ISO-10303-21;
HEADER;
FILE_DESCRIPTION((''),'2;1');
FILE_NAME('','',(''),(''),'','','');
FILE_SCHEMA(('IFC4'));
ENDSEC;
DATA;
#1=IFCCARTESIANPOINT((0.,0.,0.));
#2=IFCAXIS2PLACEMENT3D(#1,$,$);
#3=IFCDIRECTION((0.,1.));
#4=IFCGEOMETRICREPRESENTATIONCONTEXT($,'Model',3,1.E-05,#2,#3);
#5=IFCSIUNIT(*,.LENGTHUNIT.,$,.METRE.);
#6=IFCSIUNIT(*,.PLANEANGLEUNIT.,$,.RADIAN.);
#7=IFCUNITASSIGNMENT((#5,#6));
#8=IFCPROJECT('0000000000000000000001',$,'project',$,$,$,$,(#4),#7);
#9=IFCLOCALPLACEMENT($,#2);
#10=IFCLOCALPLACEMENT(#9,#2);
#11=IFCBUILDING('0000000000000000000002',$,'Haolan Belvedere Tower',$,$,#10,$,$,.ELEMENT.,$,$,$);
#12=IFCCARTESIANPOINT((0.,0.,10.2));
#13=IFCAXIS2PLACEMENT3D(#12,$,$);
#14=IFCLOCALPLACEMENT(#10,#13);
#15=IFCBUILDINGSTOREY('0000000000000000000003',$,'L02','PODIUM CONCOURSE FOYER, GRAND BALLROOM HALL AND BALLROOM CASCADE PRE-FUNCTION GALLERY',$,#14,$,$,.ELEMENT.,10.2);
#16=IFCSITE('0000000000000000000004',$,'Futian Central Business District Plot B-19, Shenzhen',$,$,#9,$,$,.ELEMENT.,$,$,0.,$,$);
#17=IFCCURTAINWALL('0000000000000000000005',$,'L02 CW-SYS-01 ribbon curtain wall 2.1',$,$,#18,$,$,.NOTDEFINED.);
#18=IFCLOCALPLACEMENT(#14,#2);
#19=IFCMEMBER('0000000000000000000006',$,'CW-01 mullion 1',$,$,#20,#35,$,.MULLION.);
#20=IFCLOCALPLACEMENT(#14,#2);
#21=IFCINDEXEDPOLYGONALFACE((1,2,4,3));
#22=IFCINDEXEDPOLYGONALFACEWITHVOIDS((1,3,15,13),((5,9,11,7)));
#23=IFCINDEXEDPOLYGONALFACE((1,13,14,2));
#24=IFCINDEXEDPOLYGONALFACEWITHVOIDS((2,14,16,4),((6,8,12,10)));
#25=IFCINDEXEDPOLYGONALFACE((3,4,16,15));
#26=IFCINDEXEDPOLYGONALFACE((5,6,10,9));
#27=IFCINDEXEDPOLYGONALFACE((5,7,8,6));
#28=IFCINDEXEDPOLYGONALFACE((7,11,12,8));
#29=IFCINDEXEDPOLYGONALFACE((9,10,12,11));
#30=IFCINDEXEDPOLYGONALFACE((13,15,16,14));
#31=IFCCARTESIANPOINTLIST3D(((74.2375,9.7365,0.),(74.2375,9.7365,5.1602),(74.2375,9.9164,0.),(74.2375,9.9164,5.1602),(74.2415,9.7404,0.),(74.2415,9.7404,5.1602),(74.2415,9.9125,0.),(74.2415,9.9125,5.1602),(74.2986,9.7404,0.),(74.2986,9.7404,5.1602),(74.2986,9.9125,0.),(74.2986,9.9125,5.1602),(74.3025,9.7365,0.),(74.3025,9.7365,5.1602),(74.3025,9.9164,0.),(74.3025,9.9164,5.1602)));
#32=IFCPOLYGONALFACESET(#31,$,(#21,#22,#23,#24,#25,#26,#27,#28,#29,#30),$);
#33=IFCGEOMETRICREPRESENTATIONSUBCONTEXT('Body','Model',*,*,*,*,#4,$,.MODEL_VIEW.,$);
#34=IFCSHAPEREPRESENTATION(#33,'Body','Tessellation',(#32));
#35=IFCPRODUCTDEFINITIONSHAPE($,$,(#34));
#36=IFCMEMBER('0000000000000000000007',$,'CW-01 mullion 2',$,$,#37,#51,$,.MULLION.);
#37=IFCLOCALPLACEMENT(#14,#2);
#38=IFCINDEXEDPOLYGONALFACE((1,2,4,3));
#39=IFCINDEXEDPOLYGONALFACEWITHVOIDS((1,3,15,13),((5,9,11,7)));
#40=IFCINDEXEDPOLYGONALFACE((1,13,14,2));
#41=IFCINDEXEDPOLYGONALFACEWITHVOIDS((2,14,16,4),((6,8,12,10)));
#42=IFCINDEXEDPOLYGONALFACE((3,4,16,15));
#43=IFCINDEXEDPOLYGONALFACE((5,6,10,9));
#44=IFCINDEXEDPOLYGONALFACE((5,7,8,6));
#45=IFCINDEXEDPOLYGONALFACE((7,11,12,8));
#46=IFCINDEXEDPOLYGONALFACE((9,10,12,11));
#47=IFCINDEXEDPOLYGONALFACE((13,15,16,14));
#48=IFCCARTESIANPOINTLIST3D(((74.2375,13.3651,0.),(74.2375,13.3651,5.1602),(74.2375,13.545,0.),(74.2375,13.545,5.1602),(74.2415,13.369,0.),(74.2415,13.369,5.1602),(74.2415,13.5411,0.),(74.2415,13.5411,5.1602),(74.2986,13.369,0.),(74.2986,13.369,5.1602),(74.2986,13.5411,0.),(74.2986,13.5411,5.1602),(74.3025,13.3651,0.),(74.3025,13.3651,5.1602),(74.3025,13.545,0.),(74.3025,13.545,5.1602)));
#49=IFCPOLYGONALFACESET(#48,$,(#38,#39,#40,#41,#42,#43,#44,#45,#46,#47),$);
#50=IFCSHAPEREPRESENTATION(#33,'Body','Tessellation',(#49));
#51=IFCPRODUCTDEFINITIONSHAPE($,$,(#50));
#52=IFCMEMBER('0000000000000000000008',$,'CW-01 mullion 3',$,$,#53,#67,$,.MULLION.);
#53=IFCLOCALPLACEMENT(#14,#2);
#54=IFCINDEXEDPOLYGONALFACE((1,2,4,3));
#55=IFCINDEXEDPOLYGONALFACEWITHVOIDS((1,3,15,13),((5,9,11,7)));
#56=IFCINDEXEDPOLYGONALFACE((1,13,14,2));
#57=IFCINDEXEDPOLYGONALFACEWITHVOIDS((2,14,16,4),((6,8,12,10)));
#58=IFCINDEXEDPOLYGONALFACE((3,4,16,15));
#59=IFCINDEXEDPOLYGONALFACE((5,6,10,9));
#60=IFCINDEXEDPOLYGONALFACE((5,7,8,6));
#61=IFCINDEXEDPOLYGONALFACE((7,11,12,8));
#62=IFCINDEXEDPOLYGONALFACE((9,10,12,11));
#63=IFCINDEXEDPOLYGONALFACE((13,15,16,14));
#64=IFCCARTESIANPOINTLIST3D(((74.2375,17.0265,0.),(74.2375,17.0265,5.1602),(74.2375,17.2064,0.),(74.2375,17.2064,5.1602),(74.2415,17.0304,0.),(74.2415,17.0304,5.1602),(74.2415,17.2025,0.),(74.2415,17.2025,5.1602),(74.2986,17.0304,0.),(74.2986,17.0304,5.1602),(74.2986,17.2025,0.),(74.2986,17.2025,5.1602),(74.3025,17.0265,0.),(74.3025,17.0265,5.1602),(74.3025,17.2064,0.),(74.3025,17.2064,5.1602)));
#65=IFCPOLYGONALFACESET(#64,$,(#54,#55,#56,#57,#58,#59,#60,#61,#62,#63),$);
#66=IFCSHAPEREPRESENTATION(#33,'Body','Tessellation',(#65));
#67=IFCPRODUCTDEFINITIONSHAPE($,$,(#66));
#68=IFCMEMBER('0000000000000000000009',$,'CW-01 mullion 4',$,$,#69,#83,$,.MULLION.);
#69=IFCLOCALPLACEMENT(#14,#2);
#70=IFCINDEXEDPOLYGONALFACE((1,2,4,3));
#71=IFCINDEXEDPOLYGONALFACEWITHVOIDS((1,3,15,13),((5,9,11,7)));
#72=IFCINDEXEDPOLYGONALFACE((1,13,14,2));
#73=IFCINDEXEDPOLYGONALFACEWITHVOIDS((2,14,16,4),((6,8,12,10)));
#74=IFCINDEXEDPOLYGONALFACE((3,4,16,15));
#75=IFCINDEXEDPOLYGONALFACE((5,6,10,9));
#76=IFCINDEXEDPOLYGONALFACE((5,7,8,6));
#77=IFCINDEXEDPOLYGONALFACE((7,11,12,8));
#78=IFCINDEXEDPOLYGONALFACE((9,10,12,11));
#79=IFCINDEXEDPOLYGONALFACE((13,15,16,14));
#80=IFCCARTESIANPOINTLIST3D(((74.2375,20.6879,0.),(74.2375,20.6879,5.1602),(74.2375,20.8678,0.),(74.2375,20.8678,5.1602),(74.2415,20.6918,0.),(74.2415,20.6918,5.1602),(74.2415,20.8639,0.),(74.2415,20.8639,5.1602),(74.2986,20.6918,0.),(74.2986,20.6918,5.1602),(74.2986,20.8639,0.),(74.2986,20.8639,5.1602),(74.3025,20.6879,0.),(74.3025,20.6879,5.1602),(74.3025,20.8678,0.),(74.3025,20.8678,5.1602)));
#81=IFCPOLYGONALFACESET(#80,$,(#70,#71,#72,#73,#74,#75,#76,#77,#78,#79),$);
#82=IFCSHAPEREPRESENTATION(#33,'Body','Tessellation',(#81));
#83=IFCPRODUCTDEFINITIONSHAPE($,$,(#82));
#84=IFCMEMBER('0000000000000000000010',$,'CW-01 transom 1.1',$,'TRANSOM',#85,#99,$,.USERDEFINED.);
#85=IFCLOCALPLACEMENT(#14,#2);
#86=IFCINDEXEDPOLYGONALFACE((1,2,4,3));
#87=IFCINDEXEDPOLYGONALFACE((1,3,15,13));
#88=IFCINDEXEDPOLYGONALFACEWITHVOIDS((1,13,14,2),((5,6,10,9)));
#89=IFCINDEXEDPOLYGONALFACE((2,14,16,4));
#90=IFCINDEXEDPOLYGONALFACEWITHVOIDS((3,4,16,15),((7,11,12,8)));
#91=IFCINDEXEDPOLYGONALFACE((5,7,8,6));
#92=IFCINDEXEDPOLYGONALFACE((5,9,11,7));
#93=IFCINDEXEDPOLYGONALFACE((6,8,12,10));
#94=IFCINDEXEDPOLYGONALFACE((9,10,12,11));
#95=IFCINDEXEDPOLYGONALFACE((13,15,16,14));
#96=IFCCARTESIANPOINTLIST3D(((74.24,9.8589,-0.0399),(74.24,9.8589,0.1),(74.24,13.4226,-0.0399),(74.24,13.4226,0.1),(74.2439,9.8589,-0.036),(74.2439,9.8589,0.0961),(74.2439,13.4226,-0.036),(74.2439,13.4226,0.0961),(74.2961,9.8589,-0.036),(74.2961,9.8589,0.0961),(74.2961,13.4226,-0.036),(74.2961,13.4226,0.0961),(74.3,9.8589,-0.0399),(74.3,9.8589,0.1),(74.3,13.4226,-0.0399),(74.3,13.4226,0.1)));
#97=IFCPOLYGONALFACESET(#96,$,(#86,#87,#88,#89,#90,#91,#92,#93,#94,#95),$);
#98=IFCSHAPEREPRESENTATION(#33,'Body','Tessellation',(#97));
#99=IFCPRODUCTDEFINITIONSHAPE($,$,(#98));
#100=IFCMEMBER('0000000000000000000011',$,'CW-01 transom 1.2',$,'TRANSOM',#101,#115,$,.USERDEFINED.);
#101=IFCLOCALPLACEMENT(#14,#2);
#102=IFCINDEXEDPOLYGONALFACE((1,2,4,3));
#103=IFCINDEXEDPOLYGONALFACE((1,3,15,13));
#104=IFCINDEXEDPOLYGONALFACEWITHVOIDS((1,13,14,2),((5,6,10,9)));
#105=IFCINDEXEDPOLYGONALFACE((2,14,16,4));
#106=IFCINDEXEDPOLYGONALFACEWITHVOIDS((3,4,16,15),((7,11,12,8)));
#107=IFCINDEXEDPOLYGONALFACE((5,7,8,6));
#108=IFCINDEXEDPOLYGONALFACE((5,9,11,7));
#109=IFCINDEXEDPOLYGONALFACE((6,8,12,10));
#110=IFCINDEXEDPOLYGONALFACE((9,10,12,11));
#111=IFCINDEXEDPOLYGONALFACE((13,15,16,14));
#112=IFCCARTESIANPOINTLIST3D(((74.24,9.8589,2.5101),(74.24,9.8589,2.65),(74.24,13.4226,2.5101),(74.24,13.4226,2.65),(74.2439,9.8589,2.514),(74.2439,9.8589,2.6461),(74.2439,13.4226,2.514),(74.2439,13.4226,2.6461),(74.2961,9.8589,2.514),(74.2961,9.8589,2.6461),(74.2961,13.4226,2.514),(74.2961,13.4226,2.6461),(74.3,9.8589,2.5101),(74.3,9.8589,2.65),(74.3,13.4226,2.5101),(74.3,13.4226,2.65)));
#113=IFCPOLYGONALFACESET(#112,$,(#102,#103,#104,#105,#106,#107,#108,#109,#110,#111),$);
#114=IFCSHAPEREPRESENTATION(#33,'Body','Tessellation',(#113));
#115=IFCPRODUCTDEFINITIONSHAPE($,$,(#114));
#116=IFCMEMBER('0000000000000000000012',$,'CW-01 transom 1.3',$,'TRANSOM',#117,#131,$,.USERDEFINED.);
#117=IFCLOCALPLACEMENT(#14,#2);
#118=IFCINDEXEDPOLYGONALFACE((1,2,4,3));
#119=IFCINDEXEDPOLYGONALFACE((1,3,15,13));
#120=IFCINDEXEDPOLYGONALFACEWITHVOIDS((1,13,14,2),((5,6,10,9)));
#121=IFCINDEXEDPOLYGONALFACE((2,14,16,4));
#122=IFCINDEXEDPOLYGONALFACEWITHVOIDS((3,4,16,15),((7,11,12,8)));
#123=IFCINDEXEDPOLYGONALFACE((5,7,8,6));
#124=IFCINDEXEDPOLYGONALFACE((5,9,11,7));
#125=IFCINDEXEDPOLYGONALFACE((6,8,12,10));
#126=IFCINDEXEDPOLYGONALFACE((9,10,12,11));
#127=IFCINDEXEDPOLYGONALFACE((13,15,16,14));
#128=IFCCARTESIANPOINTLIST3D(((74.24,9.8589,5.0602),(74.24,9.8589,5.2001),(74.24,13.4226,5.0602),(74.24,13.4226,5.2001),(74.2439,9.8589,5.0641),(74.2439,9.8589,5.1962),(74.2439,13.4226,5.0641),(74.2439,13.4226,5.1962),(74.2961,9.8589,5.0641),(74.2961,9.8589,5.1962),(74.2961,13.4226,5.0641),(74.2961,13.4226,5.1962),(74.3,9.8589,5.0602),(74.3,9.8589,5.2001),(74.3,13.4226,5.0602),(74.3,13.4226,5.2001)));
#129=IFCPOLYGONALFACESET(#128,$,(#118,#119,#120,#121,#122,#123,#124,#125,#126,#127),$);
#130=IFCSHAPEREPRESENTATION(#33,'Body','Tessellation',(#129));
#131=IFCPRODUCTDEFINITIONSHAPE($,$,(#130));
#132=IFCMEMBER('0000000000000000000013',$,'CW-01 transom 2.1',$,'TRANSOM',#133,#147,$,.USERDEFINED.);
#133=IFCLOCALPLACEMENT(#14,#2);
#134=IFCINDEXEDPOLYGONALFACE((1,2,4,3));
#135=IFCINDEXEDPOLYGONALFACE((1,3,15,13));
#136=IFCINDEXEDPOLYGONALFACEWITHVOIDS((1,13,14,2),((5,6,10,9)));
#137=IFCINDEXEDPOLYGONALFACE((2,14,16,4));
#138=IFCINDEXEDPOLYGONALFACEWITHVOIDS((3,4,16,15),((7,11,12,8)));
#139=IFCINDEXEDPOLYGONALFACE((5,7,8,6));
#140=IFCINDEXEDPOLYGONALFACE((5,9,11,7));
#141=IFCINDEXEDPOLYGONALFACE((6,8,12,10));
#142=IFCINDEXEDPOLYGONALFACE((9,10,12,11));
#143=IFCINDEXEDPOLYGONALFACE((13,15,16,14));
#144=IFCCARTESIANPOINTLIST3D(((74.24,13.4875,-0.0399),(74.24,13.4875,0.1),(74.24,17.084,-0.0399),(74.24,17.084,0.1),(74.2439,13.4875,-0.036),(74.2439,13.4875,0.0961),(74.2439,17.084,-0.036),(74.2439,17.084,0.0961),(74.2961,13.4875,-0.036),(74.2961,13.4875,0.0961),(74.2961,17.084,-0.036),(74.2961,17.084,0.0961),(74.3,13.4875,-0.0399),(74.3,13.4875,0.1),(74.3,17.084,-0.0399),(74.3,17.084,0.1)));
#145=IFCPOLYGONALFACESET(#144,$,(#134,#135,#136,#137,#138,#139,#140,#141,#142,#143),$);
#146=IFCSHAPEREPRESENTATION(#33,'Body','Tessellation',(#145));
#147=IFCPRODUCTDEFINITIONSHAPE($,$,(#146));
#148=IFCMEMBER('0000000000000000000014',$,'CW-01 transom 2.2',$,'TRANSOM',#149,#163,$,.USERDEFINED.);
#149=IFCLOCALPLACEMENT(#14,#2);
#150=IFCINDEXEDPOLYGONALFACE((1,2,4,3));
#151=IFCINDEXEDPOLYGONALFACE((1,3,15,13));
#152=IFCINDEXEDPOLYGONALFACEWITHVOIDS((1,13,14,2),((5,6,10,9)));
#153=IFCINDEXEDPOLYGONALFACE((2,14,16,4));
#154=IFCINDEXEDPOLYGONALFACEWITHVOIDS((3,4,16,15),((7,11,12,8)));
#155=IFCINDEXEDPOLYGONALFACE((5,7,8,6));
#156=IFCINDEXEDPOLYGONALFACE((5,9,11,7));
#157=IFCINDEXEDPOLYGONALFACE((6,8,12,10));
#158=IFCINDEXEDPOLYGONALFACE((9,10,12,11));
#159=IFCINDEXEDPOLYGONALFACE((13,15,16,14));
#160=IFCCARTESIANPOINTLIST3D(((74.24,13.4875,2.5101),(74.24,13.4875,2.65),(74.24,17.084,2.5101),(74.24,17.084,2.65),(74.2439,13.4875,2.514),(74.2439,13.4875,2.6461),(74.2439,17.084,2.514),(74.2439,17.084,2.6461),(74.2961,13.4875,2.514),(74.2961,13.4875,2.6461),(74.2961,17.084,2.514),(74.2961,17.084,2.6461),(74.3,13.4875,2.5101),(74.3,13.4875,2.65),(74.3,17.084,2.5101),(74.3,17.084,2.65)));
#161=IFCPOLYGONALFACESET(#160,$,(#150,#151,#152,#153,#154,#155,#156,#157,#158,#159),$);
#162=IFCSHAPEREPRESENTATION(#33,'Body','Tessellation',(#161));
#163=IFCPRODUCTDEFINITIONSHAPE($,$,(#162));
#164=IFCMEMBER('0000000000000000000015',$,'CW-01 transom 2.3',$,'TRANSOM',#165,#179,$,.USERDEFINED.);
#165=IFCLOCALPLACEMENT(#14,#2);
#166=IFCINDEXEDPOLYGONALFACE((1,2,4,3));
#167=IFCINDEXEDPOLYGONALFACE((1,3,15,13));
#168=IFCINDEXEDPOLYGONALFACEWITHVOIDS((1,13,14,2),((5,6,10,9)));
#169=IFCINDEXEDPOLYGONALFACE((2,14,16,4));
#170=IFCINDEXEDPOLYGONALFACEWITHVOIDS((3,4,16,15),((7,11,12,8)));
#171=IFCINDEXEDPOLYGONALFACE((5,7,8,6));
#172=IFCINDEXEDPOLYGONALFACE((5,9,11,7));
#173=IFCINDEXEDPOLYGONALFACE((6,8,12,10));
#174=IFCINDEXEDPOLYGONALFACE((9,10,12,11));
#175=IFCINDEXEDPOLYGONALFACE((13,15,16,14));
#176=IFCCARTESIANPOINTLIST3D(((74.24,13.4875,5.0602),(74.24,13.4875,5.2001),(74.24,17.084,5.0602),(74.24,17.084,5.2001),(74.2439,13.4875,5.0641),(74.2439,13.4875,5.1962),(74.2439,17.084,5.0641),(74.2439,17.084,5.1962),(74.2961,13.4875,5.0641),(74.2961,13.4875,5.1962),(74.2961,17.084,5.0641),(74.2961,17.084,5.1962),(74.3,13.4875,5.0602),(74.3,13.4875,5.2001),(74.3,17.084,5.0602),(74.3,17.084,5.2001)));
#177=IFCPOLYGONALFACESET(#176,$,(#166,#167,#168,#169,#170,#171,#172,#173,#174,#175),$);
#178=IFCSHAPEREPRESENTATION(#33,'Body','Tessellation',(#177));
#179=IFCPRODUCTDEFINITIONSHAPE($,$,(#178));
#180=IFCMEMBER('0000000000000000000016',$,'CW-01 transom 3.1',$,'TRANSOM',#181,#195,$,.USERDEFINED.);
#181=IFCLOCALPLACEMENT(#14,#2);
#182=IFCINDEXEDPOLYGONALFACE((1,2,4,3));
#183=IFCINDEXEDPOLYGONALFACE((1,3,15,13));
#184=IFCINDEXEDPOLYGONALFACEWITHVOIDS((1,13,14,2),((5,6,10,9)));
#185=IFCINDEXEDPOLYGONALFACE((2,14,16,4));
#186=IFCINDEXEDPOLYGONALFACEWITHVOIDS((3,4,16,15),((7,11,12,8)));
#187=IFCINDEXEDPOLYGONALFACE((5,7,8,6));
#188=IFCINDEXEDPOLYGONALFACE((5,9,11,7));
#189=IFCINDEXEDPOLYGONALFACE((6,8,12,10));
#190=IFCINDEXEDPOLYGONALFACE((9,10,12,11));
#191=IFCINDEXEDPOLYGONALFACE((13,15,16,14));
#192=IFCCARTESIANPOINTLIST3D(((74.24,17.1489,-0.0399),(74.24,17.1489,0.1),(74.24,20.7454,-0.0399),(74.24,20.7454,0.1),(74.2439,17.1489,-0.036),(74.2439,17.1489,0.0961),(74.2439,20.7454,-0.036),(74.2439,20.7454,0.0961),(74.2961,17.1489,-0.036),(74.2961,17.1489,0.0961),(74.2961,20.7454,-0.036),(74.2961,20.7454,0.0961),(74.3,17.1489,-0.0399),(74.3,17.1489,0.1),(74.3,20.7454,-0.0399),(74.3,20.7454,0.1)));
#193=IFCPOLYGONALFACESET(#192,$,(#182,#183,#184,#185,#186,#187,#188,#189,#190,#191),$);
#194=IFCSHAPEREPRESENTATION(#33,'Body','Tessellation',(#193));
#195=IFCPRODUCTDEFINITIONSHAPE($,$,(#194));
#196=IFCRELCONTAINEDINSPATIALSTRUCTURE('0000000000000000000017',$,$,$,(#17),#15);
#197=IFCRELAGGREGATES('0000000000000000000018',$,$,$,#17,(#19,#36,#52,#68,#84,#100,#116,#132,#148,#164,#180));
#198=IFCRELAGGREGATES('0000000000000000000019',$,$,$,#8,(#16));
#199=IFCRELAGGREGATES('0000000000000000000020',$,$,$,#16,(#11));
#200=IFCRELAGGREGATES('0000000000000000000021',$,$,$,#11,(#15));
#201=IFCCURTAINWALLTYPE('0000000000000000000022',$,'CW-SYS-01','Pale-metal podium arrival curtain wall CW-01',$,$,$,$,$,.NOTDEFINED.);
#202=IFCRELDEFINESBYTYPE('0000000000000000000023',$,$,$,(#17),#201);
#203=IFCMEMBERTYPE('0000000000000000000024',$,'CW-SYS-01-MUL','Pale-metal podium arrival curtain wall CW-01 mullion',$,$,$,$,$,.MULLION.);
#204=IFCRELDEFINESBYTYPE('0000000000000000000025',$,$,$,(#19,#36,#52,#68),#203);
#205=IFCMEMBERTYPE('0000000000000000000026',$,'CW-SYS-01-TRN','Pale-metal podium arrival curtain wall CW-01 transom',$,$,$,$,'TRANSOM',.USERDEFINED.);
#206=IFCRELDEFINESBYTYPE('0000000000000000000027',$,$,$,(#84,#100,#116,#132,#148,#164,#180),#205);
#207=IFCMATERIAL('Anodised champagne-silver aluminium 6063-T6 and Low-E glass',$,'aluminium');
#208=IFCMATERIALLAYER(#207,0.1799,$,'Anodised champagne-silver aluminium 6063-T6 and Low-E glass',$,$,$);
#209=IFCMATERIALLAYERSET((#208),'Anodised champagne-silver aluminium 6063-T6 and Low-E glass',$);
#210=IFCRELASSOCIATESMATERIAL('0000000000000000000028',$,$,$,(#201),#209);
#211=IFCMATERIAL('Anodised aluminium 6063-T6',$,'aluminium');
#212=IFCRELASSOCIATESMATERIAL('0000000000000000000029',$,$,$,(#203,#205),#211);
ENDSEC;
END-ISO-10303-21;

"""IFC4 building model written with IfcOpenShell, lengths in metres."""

from ifc_helpers import new_model, si_unit, direction, frame, origin, origin_2d, place, context, subcontext, project, spatial, hollow_rectangle, extrude, material, layer, layer_set, material_profile, profile_set, type_object, element, aggregate, save


model = new_model("IFC4")

# Units and contexts
model_context = context("Model", 3, precision=1e-05, world=origin(), true_north=direction((0.0, 1.0)))
body_context = subcontext(model_context, "Body", "Model", "MODEL_VIEW")
ifc_project = project(units=[si_unit("LENGTHUNIT", "METRE"), si_unit("PLANEANGLEUNIT", "RADIAN")], contexts=[model_context])

# Site, building, storey
site_placement = place(None, origin())
site = spatial("IfcSite", under=ifc_project, at=site_placement, Name="Futian Central Business District Plot B-19, Shenzhen", CompositionType="ELEMENT", RefElevation=0.0)
building_placement = place(site_placement, origin())
building = spatial("IfcBuilding", under=site, at=building_placement, Name="Haolan Belvedere Tower", CompositionType="ELEMENT")
storey_placement = place(building_placement, frame((0.0, 0.0, 10.2)))
storey = spatial("IfcBuildingStorey", under=building, at=storey_placement, Name="L02", Description="PODIUM CONCOURSE FOYER, GRAND BALLROOM HALL AND BALLROOM CASCADE PRE-FUNCTION GALLERY", CompositionType="ELEMENT", Elevation=10.2)

# Curtain wall, members
ifc_material_1 = material(Name="Anodised champagne-silver aluminium 6063-T6 and Low-E glass", Category="aluminium")
ifc_layer_1 = layer(ifc_material_1, 0.1799, Name="Anodised champagne-silver aluminium 6063-T6 and Low-E glass")
ifc_layer_set_1 = layer_set([ifc_layer_1], Name="Anodised champagne-silver aluminium 6063-T6 and Low-E glass")
curtain_wall_type = type_object("IfcCurtainWallType", Name="CW-SYS-01", Description="Pale-metal podium arrival curtain wall CW-01", PredefinedType="NOTDEFINED", material=ifc_layer_set_1)
curtain_wall_placement = place(storey_placement, origin())
curtain_wall = element("IfcCurtainWall", 1, at=curtain_wall_placement, inside=storey, type_object=curtain_wall_type, Name="L02 CW-SYS-01 ribbon curtain wall 2.1", PredefinedType="NOTDEFINED")
ifc_material_2 = material(Name="Anodised aluminium 6063-T6", Category="aluminium")
ifc_material_profile_1 = material_profile(ifc_material_2, hollow_rectangle(XDim=0.0649, YDim=0.1799, WallThickness=0.0039, at=origin_2d()), Name="Anodised aluminium 6063-T6")
ifc_profile_set_1 = profile_set([ifc_material_profile_1], Name="Anodised aluminium 6063-T6")
member_type_1 = type_object("IfcMemberType", Name="CW-SYS-01-MUL", Description="Pale-metal podium arrival curtain wall CW-01 mullion", PredefinedType="MULLION", material=ifc_profile_set_1)
member_1_placement = place(storey_placement, frame((74.27, 9.8264, 0.0), z_axis=(0.0, 0.0, 1.0), x_axis=(-1.0, 0.0, 0.0)))
member_1 = element("IfcMember", 2, at=member_1_placement, type_object=member_type_1, Name="CW-01 mullion 1", PredefinedType="MULLION", context=body_context, shape_type="SweptSolid", body=[
    extrude(hollow_rectangle(XDim=0.0649, YDim=0.1799, WallThickness=0.0039, at=origin_2d()), origin(), (0.0, 0.0, 1.0), 5.1602),
])
member_2_placement = place(storey_placement, frame((74.27, 13.4551, 0.0), z_axis=(0.0, 0.0, 1.0), x_axis=(-1.0, 0.0, 0.0)))
member_2 = element("IfcMember", 3, at=member_2_placement, type_object=member_type_1, Name="CW-01 mullion 2", PredefinedType="MULLION", context=body_context, shape_type="SweptSolid", body=[
    extrude(hollow_rectangle(XDim=0.0649, YDim=0.1799, WallThickness=0.0039, at=origin_2d()), origin(), (0.0, 0.0, 1.0), 5.1602),
])
member_3_placement = place(storey_placement, frame((74.27, 17.1165, 0.0), z_axis=(0.0, 0.0, 1.0), x_axis=(-1.0, 0.0, 0.0)))
member_3 = element("IfcMember", 4, at=member_3_placement, type_object=member_type_1, Name="CW-01 mullion 3", PredefinedType="MULLION", context=body_context, shape_type="SweptSolid", body=[
    extrude(hollow_rectangle(XDim=0.0649, YDim=0.1799, WallThickness=0.0039, at=origin_2d()), origin(), (0.0, 0.0, 1.0), 5.1602),
])
member_4_placement = place(storey_placement, frame((74.27, 20.7778, 0.0), z_axis=(0.0, 0.0, 1.0), x_axis=(-1.0, 0.0, 0.0)))
member_4 = element("IfcMember", 5, at=member_4_placement, type_object=member_type_1, Name="CW-01 mullion 4", PredefinedType="MULLION", context=body_context, shape_type="SweptSolid", body=[
    extrude(hollow_rectangle(XDim=0.0649, YDim=0.1799, WallThickness=0.0039, at=origin_2d()), origin(), (0.0, 0.0, 1.0), 5.1602),
])
ifc_material_profile_2 = material_profile(ifc_material_2, hollow_rectangle(XDim=0.0601, YDim=0.1399, WallThickness=0.0039, at=origin_2d()), Name="Anodised aluminium 6063-T6")
ifc_profile_set_2 = profile_set([ifc_material_profile_2], Name="Anodised aluminium 6063-T6")
member_type_2 = type_object("IfcMemberType", Name="CW-SYS-01-TRN", Description="Pale-metal podium arrival curtain wall CW-01 transom", ElementType="TRANSOM", PredefinedType="USERDEFINED", material=ifc_profile_set_2)
member_5_placement = place(storey_placement, frame((74.27, 9.8589, 0.03), z_axis=(0.0, 1.0, 0.0), x_axis=(-1.0, 0.0, 0.0)))
member_5 = element("IfcMember", 6, at=member_5_placement, type_object=member_type_2, Name="CW-01 transom 1.1", ObjectType="TRANSOM", PredefinedType="USERDEFINED", context=body_context, shape_type="SweptSolid", body=[
    extrude(hollow_rectangle(XDim=0.0601, YDim=0.1399, WallThickness=0.0039, at=origin_2d()), origin(), (0.0, 0.0, 1.0), 3.5637),
])
member_6_placement = place(storey_placement, frame((74.27, 9.8589, 2.5801), z_axis=(0.0, 1.0, 0.0), x_axis=(-1.0, 0.0, 0.0)))
member_6 = element("IfcMember", 7, at=member_6_placement, type_object=member_type_2, Name="CW-01 transom 1.2", ObjectType="TRANSOM", PredefinedType="USERDEFINED", context=body_context, shape_type="SweptSolid", body=[
    extrude(hollow_rectangle(XDim=0.0601, YDim=0.1399, WallThickness=0.0039, at=origin_2d()), origin(), (0.0, 0.0, 1.0), 3.5637),
])
member_7_placement = place(storey_placement, frame((74.27, 9.8589, 5.1301), z_axis=(0.0, 1.0, 0.0), x_axis=(-1.0, 0.0, 0.0)))
member_7 = element("IfcMember", 8, at=member_7_placement, type_object=member_type_2, Name="CW-01 transom 1.3", ObjectType="TRANSOM", PredefinedType="USERDEFINED", context=body_context, shape_type="SweptSolid", body=[
    extrude(hollow_rectangle(XDim=0.0601, YDim=0.1399, WallThickness=0.0039, at=origin_2d()), origin(), (0.0, 0.0, 1.0), 3.5637),
])
member_8_placement = place(storey_placement, frame((74.27, 13.4875, 0.03), z_axis=(0.0, 1.0, 0.0), x_axis=(-1.0, 0.0, 0.0)))
member_8 = element("IfcMember", 9, at=member_8_placement, type_object=member_type_2, Name="CW-01 transom 2.1", ObjectType="TRANSOM", PredefinedType="USERDEFINED", context=body_context, shape_type="SweptSolid", body=[
    extrude(hollow_rectangle(XDim=0.0601, YDim=0.1399, WallThickness=0.0039, at=origin_2d()), origin(), (0.0, 0.0, 1.0), 3.5964),
])
member_9_placement = place(storey_placement, frame((74.27, 13.4875, 2.5801), z_axis=(0.0, 1.0, 0.0), x_axis=(-1.0, 0.0, 0.0)))
member_9 = element("IfcMember", 10, at=member_9_placement, type_object=member_type_2, Name="CW-01 transom 2.2", ObjectType="TRANSOM", PredefinedType="USERDEFINED", context=body_context, shape_type="SweptSolid", body=[
    extrude(hollow_rectangle(XDim=0.0601, YDim=0.1399, WallThickness=0.0039, at=origin_2d()), origin(), (0.0, 0.0, 1.0), 3.5964),
])
member_10_placement = place(storey_placement, frame((74.27, 13.4875, 5.1301), z_axis=(0.0, 1.0, 0.0), x_axis=(-1.0, 0.0, 0.0)))
member_10 = element("IfcMember", 11, at=member_10_placement, type_object=member_type_2, Name="CW-01 transom 2.3", ObjectType="TRANSOM", PredefinedType="USERDEFINED", context=body_context, shape_type="SweptSolid", body=[
    extrude(hollow_rectangle(XDim=0.0601, YDim=0.1399, WallThickness=0.0039, at=origin_2d()), origin(), (0.0, 0.0, 1.0), 3.5964),
])
member_11_placement = place(storey_placement, frame((74.27, 17.1489, 0.03), z_axis=(0.0, 1.0, 0.0), x_axis=(-1.0, 0.0, 0.0)))
member_11 = element("IfcMember", 12, at=member_11_placement, type_object=member_type_2, Name="CW-01 transom 3.1", ObjectType="TRANSOM", PredefinedType="USERDEFINED", context=body_context, shape_type="SweptSolid", body=[
    extrude(hollow_rectangle(XDim=0.0601, YDim=0.1399, WallThickness=0.0039, at=origin_2d()), origin(), (0.0, 0.0, 1.0), 3.5964),
])
aggregate(curtain_wall, [member_1, member_2, member_3, member_4, member_5, member_6, member_7, member_8, member_9, member_10, member_11])

save(model, "model.ifc")
